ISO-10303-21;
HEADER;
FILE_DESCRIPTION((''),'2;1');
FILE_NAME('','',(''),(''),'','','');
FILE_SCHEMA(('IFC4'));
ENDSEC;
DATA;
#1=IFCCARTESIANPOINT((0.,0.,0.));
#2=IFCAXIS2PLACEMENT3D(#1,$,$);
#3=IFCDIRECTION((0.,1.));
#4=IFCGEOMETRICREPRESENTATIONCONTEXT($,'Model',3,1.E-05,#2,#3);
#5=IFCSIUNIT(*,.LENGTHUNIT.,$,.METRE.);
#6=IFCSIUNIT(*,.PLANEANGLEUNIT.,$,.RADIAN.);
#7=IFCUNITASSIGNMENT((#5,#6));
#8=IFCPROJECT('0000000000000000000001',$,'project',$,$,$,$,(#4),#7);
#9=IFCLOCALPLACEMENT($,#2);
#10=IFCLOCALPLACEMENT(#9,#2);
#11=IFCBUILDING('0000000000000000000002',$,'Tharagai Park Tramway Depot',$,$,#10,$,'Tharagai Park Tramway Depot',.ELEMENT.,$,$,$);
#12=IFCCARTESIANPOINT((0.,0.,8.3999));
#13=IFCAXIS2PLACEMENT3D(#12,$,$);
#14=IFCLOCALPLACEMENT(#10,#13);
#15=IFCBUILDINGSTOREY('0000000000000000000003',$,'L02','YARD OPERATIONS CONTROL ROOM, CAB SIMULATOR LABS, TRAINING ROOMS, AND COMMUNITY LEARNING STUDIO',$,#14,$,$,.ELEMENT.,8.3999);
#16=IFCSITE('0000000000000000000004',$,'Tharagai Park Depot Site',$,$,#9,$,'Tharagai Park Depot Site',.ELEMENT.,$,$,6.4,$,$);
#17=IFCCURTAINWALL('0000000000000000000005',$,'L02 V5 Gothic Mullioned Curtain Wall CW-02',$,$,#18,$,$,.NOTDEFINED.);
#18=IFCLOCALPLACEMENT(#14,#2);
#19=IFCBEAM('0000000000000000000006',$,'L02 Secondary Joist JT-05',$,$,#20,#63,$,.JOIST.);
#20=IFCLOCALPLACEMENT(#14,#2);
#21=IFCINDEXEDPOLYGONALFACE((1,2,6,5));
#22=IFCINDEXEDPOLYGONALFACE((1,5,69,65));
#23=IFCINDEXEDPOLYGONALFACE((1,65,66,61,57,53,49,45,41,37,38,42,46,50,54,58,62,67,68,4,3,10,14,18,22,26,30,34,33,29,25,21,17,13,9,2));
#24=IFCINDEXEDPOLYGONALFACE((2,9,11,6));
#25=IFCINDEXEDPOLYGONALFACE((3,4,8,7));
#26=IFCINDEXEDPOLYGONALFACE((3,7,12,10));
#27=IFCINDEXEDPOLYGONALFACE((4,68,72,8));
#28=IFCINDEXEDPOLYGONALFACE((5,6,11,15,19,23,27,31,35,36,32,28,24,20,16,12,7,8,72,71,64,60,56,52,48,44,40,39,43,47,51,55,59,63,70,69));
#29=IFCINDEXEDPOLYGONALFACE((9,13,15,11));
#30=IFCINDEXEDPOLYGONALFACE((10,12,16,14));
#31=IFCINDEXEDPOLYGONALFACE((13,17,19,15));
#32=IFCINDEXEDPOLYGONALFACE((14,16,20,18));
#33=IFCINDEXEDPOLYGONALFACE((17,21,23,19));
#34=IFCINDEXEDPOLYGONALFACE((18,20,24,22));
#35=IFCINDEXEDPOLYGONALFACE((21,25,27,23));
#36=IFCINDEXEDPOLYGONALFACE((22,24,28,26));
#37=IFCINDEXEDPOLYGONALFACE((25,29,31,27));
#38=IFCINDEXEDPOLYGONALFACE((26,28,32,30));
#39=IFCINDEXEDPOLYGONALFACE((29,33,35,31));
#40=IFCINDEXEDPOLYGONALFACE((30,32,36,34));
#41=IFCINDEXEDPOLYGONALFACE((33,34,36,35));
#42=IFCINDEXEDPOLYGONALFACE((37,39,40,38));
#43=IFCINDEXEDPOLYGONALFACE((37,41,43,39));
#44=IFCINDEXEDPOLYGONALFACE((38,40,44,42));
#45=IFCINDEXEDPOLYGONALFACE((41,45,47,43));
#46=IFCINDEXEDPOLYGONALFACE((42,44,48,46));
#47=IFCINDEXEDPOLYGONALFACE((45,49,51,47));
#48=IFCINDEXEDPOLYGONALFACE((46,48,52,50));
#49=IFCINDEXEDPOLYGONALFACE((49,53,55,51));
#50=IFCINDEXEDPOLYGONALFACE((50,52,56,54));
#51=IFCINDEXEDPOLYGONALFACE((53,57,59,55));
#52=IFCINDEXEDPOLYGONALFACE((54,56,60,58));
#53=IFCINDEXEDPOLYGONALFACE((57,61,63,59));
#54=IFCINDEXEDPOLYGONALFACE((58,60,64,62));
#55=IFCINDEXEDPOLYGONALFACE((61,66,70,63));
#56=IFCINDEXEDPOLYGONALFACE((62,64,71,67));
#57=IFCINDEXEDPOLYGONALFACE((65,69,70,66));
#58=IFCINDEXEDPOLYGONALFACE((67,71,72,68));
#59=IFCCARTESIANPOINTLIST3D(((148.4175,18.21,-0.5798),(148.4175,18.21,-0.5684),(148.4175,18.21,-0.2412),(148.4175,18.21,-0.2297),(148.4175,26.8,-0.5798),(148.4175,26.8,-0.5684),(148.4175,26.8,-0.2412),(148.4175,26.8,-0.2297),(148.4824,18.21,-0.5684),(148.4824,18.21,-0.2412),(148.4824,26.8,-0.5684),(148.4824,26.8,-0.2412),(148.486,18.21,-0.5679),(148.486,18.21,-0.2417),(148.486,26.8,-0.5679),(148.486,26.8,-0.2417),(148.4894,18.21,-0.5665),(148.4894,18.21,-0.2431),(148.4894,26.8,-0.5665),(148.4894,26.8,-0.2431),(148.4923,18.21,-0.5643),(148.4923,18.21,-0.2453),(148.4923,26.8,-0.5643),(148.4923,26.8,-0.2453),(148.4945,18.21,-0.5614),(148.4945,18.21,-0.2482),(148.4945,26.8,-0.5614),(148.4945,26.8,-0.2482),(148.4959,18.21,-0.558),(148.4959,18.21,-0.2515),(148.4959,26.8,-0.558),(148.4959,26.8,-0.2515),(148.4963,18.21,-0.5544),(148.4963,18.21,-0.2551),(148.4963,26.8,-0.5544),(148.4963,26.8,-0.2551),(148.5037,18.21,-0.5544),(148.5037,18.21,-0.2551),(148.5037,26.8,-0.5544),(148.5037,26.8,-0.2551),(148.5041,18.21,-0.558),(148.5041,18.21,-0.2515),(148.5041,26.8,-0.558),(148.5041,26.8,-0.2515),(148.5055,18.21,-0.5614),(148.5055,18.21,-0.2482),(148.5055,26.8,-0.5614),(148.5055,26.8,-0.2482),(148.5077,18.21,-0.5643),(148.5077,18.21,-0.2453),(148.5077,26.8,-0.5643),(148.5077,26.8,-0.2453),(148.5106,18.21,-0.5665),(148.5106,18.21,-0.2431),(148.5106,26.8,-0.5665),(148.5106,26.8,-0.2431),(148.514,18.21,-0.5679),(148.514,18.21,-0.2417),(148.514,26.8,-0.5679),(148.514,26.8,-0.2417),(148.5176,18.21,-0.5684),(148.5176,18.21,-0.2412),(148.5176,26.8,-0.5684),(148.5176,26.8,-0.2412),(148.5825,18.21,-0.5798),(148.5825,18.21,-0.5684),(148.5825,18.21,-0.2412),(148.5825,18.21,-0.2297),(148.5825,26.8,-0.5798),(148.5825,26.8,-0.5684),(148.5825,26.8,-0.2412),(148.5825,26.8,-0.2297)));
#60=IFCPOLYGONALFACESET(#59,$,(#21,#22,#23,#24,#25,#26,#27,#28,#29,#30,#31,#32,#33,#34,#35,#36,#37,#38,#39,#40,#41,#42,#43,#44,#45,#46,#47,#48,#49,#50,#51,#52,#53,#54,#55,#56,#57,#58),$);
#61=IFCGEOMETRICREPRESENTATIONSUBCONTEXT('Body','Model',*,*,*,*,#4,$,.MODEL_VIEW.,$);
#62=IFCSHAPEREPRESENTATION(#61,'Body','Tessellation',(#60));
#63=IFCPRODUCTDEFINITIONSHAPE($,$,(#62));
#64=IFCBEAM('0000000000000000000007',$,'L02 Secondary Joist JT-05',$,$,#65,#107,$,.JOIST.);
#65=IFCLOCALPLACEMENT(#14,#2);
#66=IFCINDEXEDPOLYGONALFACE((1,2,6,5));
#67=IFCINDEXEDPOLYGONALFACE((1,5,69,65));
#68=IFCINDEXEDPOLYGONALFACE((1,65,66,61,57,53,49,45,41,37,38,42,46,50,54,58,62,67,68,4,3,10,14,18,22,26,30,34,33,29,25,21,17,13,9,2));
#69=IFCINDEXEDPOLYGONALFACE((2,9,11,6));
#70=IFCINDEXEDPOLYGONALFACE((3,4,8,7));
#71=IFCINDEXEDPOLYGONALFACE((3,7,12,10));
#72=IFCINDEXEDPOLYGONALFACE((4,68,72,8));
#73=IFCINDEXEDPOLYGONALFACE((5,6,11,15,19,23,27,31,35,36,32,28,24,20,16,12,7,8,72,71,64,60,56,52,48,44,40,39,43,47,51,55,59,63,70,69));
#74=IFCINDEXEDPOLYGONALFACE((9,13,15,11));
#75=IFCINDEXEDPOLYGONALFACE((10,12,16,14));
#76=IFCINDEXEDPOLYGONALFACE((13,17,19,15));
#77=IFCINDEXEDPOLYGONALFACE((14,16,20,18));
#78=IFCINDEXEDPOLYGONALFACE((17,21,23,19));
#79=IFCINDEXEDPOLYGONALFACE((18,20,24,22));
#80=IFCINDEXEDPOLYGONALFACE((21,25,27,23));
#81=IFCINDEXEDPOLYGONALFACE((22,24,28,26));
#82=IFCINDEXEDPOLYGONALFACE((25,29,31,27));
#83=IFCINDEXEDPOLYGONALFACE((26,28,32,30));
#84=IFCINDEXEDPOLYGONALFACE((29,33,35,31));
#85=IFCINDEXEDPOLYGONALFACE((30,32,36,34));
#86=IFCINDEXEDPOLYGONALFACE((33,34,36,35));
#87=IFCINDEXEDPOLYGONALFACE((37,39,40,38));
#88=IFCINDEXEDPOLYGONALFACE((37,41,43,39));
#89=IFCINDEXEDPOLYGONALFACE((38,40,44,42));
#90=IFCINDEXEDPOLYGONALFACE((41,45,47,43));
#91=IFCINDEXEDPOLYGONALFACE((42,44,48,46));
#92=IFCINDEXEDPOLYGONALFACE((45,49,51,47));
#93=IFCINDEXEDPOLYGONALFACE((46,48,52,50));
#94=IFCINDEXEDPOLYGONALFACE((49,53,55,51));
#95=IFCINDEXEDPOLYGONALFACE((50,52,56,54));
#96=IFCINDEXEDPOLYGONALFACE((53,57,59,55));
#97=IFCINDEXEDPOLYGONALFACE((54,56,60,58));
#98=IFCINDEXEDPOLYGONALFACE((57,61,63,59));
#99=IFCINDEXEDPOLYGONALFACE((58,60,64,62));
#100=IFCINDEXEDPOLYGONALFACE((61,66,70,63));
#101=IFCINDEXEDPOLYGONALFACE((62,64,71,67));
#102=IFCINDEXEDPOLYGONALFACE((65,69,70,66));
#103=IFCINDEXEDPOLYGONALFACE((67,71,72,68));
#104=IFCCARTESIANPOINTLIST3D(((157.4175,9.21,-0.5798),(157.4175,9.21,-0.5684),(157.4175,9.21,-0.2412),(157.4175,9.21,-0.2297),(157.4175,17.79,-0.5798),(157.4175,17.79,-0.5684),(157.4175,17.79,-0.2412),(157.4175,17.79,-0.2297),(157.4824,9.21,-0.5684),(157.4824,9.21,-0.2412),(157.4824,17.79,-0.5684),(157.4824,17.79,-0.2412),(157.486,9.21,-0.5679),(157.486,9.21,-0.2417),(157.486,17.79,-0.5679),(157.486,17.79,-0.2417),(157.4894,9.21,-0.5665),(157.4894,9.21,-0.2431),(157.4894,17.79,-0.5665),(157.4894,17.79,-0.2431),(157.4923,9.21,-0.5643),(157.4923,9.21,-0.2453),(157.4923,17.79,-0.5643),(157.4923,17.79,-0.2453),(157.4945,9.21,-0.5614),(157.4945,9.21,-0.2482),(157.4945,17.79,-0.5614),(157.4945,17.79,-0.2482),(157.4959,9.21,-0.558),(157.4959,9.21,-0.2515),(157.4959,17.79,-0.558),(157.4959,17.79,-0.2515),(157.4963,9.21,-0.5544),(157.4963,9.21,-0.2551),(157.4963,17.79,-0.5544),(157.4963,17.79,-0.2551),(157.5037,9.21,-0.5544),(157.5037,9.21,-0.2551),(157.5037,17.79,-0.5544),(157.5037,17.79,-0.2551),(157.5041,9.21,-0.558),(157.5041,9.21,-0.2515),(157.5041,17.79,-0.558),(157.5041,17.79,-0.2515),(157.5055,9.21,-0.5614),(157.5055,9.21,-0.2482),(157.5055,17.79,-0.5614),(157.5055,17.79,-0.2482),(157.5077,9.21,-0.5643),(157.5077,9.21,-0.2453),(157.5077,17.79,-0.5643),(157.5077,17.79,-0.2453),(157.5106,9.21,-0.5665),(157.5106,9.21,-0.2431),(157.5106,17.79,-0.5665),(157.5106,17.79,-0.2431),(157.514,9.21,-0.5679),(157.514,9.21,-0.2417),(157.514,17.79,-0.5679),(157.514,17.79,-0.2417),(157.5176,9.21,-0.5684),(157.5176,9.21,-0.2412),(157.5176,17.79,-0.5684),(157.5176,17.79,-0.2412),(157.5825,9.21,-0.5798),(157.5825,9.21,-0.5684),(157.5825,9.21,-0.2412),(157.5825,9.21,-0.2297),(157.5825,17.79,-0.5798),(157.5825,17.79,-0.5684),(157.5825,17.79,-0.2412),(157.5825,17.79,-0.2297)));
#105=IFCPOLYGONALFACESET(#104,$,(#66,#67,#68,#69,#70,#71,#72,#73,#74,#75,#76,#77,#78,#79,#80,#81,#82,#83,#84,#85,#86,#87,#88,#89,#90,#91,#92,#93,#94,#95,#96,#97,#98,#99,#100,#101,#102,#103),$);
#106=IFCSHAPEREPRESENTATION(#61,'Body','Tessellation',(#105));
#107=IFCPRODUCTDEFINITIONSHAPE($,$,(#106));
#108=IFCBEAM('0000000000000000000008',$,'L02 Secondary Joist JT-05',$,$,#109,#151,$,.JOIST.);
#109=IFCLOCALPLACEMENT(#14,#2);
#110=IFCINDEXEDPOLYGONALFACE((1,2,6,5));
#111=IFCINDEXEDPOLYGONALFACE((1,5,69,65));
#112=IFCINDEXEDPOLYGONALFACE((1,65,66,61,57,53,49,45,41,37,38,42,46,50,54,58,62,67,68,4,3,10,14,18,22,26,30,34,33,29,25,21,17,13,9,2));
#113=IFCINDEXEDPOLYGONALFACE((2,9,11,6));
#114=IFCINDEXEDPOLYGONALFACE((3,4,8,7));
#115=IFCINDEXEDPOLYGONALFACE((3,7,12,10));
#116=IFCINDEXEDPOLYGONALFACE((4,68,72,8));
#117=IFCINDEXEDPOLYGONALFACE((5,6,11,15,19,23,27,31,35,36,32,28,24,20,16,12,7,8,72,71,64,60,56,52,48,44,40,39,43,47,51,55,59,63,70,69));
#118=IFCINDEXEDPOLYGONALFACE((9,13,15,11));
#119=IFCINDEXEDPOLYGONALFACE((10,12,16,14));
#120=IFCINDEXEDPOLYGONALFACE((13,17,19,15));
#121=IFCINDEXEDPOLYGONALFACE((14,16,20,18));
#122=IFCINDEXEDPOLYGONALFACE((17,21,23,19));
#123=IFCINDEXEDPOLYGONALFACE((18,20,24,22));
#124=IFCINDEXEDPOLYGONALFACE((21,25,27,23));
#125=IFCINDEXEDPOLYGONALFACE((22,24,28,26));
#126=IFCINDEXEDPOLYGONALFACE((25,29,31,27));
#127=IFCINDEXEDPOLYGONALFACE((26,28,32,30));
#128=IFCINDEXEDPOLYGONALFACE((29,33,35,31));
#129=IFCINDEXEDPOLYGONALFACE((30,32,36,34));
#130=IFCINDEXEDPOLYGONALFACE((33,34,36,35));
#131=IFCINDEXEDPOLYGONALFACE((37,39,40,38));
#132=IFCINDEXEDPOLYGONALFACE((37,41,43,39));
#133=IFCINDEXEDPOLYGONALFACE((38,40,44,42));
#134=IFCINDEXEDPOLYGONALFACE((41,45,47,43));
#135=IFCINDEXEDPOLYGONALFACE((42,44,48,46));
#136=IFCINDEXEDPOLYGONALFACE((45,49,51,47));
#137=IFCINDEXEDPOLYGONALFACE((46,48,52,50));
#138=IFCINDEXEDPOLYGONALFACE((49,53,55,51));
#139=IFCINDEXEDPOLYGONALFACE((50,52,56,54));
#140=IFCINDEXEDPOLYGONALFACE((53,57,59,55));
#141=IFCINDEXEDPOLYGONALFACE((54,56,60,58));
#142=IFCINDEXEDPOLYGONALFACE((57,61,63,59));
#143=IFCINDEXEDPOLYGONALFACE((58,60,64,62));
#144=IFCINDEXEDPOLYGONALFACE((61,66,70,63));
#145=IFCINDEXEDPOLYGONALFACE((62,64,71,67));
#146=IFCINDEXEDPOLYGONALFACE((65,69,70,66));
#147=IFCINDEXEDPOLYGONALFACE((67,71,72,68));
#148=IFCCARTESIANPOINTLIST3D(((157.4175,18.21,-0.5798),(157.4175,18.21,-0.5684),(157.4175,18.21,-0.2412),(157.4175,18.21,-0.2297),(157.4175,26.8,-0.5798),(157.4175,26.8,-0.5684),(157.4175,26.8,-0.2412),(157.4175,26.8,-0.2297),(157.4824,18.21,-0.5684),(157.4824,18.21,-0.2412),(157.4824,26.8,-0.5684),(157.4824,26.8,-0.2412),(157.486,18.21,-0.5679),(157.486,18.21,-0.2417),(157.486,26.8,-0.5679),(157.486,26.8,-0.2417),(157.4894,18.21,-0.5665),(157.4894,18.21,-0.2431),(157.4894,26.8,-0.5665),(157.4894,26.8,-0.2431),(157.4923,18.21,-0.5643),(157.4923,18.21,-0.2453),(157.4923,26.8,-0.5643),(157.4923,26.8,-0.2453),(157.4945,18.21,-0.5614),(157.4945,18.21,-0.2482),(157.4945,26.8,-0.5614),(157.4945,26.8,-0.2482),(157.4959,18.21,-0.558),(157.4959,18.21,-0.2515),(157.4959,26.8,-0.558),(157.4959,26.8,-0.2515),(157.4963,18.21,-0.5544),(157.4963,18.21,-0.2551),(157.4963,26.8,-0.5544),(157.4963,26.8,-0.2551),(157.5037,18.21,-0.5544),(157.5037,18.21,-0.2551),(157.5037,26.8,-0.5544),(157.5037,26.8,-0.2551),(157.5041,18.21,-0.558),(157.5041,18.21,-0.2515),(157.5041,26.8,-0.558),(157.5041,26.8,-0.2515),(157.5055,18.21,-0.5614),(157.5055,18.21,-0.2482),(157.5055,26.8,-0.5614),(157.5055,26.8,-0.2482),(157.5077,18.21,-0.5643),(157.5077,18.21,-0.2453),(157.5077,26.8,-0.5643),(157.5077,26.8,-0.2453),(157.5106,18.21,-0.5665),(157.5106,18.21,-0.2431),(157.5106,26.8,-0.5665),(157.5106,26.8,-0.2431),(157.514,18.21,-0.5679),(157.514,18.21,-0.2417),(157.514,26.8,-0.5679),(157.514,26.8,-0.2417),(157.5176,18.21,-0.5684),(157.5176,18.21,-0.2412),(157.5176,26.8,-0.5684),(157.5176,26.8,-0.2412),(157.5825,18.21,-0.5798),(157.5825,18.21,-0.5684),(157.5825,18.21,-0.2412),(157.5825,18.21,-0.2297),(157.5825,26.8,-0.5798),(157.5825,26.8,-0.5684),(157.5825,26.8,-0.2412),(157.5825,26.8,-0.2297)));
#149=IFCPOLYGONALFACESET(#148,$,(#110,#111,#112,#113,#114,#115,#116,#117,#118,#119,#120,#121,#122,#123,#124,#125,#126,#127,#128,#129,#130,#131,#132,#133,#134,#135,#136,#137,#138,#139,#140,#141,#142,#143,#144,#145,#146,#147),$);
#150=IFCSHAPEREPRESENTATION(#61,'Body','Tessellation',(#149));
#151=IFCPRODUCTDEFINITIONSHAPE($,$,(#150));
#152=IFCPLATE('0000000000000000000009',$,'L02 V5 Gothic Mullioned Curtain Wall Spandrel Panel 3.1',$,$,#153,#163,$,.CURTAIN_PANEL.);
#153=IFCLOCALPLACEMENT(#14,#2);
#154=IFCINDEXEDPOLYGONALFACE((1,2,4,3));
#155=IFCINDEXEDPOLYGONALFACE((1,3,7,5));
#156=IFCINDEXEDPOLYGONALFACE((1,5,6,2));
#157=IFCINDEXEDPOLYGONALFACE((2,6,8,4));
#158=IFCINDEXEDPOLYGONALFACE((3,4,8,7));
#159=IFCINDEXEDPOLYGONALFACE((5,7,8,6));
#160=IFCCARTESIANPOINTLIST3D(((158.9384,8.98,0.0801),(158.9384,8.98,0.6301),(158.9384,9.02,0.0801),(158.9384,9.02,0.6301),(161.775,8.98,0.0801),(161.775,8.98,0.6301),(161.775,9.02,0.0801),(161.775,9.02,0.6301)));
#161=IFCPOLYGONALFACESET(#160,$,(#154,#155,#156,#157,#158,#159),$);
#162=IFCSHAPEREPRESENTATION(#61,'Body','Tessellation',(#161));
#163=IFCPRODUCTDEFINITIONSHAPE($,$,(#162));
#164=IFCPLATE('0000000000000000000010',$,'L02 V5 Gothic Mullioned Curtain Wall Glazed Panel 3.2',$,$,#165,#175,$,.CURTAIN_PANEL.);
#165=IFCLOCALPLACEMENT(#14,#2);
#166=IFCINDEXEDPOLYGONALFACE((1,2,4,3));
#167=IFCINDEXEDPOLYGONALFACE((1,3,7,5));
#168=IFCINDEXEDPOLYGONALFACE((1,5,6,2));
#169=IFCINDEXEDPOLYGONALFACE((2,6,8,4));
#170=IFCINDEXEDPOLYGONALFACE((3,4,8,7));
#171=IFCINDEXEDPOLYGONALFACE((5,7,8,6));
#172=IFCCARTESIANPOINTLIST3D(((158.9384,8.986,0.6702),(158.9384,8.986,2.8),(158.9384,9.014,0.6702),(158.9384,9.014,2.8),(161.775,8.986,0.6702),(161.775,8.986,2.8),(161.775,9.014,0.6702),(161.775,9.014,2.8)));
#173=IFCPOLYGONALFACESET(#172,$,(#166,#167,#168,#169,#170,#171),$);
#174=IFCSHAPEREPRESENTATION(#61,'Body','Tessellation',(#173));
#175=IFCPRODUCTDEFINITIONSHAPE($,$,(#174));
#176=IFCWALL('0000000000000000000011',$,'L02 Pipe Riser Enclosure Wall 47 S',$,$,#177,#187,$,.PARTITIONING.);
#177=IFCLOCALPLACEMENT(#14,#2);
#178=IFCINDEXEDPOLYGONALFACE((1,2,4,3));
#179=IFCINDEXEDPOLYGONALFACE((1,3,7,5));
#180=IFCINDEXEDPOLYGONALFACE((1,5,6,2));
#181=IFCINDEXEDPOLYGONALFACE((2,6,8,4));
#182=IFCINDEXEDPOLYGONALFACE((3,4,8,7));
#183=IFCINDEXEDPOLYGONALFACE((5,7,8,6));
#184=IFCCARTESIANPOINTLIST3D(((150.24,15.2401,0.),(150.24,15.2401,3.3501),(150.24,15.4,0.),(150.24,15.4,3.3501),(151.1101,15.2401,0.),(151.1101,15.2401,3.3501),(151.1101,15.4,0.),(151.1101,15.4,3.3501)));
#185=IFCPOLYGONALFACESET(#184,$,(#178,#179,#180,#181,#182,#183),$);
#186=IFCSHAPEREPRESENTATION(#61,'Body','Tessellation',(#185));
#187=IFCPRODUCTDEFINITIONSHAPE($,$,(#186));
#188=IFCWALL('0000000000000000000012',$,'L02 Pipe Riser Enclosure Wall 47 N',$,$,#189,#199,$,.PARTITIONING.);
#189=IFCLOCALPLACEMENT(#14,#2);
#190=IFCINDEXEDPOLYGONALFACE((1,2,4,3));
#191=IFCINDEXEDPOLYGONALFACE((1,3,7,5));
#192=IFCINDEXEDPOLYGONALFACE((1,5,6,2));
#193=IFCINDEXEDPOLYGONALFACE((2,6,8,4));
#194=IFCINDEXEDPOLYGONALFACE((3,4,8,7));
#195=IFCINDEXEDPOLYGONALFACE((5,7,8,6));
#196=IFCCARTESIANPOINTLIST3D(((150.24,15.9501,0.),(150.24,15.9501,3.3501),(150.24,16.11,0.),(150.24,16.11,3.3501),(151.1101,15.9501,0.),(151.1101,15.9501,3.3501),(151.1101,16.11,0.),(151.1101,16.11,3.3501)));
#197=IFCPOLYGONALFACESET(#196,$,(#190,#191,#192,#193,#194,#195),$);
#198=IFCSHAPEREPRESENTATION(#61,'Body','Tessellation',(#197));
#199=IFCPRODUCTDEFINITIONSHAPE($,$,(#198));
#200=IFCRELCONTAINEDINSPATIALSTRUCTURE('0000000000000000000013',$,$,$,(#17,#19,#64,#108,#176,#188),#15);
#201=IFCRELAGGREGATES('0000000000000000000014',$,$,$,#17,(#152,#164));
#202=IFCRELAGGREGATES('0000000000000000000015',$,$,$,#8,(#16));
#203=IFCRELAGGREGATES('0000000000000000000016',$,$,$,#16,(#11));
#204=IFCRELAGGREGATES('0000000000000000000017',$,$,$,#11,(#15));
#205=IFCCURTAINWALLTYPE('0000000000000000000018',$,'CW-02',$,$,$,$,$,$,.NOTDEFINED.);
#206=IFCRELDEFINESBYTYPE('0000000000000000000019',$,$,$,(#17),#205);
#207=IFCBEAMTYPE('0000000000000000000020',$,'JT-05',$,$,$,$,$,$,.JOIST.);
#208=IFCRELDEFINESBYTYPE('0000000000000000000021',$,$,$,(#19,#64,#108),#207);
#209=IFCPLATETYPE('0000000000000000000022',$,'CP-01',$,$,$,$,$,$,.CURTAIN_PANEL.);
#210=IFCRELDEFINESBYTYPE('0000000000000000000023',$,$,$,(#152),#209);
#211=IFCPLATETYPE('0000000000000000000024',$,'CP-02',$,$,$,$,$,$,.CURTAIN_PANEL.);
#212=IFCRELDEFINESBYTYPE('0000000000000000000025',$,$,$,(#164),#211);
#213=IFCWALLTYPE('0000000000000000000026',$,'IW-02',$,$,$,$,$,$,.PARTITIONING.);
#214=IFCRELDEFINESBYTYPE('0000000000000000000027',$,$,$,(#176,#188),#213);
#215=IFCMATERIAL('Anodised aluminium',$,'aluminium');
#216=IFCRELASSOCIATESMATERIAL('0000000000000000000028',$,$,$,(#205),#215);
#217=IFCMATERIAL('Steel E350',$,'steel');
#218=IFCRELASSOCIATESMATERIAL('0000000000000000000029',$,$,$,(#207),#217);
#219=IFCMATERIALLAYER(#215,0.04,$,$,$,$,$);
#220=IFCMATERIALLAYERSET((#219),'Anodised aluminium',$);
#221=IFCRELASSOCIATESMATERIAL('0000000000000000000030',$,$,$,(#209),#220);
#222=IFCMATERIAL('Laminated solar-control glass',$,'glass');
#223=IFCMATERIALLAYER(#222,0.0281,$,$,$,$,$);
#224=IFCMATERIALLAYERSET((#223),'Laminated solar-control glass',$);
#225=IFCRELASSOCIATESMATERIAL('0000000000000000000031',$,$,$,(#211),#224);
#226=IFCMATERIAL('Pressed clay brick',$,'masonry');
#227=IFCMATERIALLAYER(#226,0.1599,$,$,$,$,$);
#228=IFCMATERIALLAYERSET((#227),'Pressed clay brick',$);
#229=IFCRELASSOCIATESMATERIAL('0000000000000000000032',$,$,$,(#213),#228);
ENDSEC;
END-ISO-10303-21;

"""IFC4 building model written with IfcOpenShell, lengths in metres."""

from ifc_helpers import new_model, si_unit, direction, frame, frame_2d, origin, origin_2d, place, context, subcontext, project, spatial, rectangle, i_section, extrude, material, layer, layer_set, material_profile, profile_set, type_object, element, aggregate, save


model = new_model("IFC4")

# Units and contexts
model_context = context("Model", 3, precision=1e-05, world=origin(), true_north=direction((0.0, 1.0)))
body_context = subcontext(model_context, "Body", "Model", "MODEL_VIEW")
ifc_project = project(units=[si_unit("LENGTHUNIT", "METRE"), si_unit("PLANEANGLEUNIT", "RADIAN")], contexts=[model_context])

# Site, building, storey
site_placement = place(None, origin())
site = spatial("IfcSite", under=ifc_project, at=site_placement, Name="Tharagai Park Depot Site", LongName="Tharagai Park Depot Site", CompositionType="ELEMENT", RefElevation=6.4)
building_placement = place(site_placement, origin())
building = spatial("IfcBuilding", under=site, at=building_placement, Name="Tharagai Park Tramway Depot", LongName="Tharagai Park Tramway Depot", CompositionType="ELEMENT")
storey_placement = place(building_placement, frame((0.0, 0.0, 8.3999)))
storey = spatial("IfcBuildingStorey", under=building, at=storey_placement, Name="L02", Description="YARD OPERATIONS CONTROL ROOM, CAB SIMULATOR LABS, TRAINING ROOMS, AND COMMUNITY LEARNING STUDIO", CompositionType="ELEMENT", Elevation=8.3999)

# Curtain wall
ifc_material_1 = material(Name="Anodised aluminium", Category="aluminium")
curtain_wall_type = type_object("IfcCurtainWallType", Name="CW-02", PredefinedType="NOTDEFINED", material=ifc_material_1)
curtain_wall_placement = place(storey_placement, origin())
curtain_wall = element("IfcCurtainWall", 1, at=curtain_wall_placement, inside=storey, type_object=curtain_wall_type, Name="L02 V5 Gothic Mullioned Curtain Wall CW-02", PredefinedType="NOTDEFINED")

# Beams
ifc_material_2 = material(Name="Steel E350", Category="steel")
ifc_material_profile_1 = material_profile(ifc_material_2, i_section(OverallWidth=0.165, OverallDepth=0.3501, WebThickness=0.0073, FlangeThickness=0.0115, FilletRadius=0.0139, at=origin_2d()), Name="ISLB 350")
ifc_profile_set_1 = profile_set([ifc_material_profile_1], Name="Steel E350")
beam_type_1 = type_object("IfcBeamType", Name="JT-05", PredefinedType="JOIST", material=ifc_profile_set_1)
beam_1_placement = place(storey_placement, frame((148.5, 18.21, -0.4048), z_axis=(0.0, 1.0, 0.0), x_axis=(-1.0, 0.0, 0.0)))
element("IfcBeam", 2, at=beam_1_placement, inside=storey, type_object=beam_type_1, Name="L02 Secondary Joist JT-05", PredefinedType="JOIST", context=body_context, shape_type="SweptSolid", body=[
    extrude(i_section(OverallWidth=0.165, OverallDepth=0.3501, WebThickness=0.0073, FlangeThickness=0.0115, FilletRadius=0.0139, at=origin_2d()), origin(), (0.0, 0.0, 1.0), 8.5901),
])
beam_2_placement = place(storey_placement, frame((157.5, 9.21, -0.4048), z_axis=(0.0, 1.0, 0.0), x_axis=(-1.0, 0.0, 0.0)))
element("IfcBeam", 3, at=beam_2_placement, inside=storey, type_object=beam_type_1, Name="L02 Secondary Joist JT-05", PredefinedType="JOIST", context=body_context, shape_type="SweptSolid", body=[
    extrude(i_section(OverallWidth=0.165, OverallDepth=0.3501, WebThickness=0.0073, FlangeThickness=0.0115, FilletRadius=0.0139, at=origin_2d()), origin(), (0.0, 0.0, 1.0), 8.5801),
])
beam_3_placement = place(storey_placement, frame((157.5, 18.21, -0.4048), z_axis=(0.0, 1.0, 0.0), x_axis=(-1.0, 0.0, 0.0)))
element("IfcBeam", 4, at=beam_3_placement, inside=storey, type_object=beam_type_1, Name="L02 Secondary Joist JT-05", PredefinedType="JOIST", context=body_context, shape_type="SweptSolid", body=[
    extrude(i_section(OverallWidth=0.165, OverallDepth=0.3501, WebThickness=0.0073, FlangeThickness=0.0115, FilletRadius=0.0139, at=origin_2d()), origin(), (0.0, 0.0, 1.0), 8.5901),
])

# Plates
ifc_layer_1 = layer(ifc_material_1, 0.04)
ifc_layer_set_1 = layer_set([ifc_layer_1], Name="Anodised aluminium")
plate_type_1 = type_object("IfcPlateType", Name="CP-01", PredefinedType="CURTAIN_PANEL", material=ifc_layer_set_1)
plate_1_placement = place(storey_placement, frame((160.3567, 9.0, 0.0801), z_axis=(0.0, 0.0, 1.0), x_axis=(1.0, 0.0, 0.0)))
plate_1 = element("IfcPlate", 5, at=plate_1_placement, type_object=plate_type_1, Name="L02 V5 Gothic Mullioned Curtain Wall Spandrel Panel 3.1", PredefinedType="CURTAIN_PANEL", context=body_context, shape_type="SweptSolid", body=[
    extrude(rectangle(XDim=2.8367, YDim=0.04, at=origin_2d()), origin(), (0.0, 0.0, 1.0), 0.55),
])
ifc_material_3 = material(Name="Laminated solar-control glass", Category="glass")
ifc_layer_2 = layer(ifc_material_3, 0.0281)
ifc_layer_set_2 = layer_set([ifc_layer_2], Name="Laminated solar-control glass")
plate_type_2 = type_object("IfcPlateType", Name="CP-02", PredefinedType="CURTAIN_PANEL", material=ifc_layer_set_2)
plate_2_placement = place(storey_placement, frame((160.3567, 9.0, 0.6702), z_axis=(0.0, 0.0, 1.0), x_axis=(1.0, 0.0, 0.0)))
plate_2 = element("IfcPlate", 6, at=plate_2_placement, type_object=plate_type_2, Name="L02 V5 Gothic Mullioned Curtain Wall Glazed Panel 3.2", PredefinedType="CURTAIN_PANEL", context=body_context, shape_type="SweptSolid", body=[
    extrude(rectangle(XDim=2.8367, YDim=0.0281, at=origin_2d()), origin(), (0.0, 0.0, 1.0), 2.1299),
])
aggregate(curtain_wall, [plate_1, plate_2])

# Shared definitions
ifc_material_4 = material(Name="Pressed clay brick", Category="masonry")

# Walls
ifc_layer_3 = layer(ifc_material_4, 0.1599)
ifc_layer_set_3 = layer_set([ifc_layer_3], Name="Pressed clay brick")
wall_type_1 = type_object("IfcWallType", Name="IW-02", PredefinedType="PARTITIONING", material=ifc_layer_set_3)
for number, where, z_axis, x_axis, name in (
    (7, (150.24, 15.3201, 0.0), (0.0, 0.0, 1.0), (1.0, 0.0, 0.0), "L02 Pipe Riser Enclosure Wall 47 S"),
    (8, (150.24, 16.03, 0.0), (0.0, 0.0, 1.0), (1.0, 0.0, 0.0), "L02 Pipe Riser Enclosure Wall 47 N"),
):
    element("IfcWall", number, at=place(storey_placement, frame(where, z_axis=z_axis, x_axis=x_axis)), inside=storey, type_object=wall_type_1, Name=name, PredefinedType="PARTITIONING", context=body_context, shape_type="SweptSolid", body=[
        extrude(rectangle(XDim=0.8701, YDim=0.1599, at=frame_2d((0.4351, 0.0))), origin(), (0.0, 0.0, 1.0), 3.3501),
    ])

save(model, "model.ifc")
